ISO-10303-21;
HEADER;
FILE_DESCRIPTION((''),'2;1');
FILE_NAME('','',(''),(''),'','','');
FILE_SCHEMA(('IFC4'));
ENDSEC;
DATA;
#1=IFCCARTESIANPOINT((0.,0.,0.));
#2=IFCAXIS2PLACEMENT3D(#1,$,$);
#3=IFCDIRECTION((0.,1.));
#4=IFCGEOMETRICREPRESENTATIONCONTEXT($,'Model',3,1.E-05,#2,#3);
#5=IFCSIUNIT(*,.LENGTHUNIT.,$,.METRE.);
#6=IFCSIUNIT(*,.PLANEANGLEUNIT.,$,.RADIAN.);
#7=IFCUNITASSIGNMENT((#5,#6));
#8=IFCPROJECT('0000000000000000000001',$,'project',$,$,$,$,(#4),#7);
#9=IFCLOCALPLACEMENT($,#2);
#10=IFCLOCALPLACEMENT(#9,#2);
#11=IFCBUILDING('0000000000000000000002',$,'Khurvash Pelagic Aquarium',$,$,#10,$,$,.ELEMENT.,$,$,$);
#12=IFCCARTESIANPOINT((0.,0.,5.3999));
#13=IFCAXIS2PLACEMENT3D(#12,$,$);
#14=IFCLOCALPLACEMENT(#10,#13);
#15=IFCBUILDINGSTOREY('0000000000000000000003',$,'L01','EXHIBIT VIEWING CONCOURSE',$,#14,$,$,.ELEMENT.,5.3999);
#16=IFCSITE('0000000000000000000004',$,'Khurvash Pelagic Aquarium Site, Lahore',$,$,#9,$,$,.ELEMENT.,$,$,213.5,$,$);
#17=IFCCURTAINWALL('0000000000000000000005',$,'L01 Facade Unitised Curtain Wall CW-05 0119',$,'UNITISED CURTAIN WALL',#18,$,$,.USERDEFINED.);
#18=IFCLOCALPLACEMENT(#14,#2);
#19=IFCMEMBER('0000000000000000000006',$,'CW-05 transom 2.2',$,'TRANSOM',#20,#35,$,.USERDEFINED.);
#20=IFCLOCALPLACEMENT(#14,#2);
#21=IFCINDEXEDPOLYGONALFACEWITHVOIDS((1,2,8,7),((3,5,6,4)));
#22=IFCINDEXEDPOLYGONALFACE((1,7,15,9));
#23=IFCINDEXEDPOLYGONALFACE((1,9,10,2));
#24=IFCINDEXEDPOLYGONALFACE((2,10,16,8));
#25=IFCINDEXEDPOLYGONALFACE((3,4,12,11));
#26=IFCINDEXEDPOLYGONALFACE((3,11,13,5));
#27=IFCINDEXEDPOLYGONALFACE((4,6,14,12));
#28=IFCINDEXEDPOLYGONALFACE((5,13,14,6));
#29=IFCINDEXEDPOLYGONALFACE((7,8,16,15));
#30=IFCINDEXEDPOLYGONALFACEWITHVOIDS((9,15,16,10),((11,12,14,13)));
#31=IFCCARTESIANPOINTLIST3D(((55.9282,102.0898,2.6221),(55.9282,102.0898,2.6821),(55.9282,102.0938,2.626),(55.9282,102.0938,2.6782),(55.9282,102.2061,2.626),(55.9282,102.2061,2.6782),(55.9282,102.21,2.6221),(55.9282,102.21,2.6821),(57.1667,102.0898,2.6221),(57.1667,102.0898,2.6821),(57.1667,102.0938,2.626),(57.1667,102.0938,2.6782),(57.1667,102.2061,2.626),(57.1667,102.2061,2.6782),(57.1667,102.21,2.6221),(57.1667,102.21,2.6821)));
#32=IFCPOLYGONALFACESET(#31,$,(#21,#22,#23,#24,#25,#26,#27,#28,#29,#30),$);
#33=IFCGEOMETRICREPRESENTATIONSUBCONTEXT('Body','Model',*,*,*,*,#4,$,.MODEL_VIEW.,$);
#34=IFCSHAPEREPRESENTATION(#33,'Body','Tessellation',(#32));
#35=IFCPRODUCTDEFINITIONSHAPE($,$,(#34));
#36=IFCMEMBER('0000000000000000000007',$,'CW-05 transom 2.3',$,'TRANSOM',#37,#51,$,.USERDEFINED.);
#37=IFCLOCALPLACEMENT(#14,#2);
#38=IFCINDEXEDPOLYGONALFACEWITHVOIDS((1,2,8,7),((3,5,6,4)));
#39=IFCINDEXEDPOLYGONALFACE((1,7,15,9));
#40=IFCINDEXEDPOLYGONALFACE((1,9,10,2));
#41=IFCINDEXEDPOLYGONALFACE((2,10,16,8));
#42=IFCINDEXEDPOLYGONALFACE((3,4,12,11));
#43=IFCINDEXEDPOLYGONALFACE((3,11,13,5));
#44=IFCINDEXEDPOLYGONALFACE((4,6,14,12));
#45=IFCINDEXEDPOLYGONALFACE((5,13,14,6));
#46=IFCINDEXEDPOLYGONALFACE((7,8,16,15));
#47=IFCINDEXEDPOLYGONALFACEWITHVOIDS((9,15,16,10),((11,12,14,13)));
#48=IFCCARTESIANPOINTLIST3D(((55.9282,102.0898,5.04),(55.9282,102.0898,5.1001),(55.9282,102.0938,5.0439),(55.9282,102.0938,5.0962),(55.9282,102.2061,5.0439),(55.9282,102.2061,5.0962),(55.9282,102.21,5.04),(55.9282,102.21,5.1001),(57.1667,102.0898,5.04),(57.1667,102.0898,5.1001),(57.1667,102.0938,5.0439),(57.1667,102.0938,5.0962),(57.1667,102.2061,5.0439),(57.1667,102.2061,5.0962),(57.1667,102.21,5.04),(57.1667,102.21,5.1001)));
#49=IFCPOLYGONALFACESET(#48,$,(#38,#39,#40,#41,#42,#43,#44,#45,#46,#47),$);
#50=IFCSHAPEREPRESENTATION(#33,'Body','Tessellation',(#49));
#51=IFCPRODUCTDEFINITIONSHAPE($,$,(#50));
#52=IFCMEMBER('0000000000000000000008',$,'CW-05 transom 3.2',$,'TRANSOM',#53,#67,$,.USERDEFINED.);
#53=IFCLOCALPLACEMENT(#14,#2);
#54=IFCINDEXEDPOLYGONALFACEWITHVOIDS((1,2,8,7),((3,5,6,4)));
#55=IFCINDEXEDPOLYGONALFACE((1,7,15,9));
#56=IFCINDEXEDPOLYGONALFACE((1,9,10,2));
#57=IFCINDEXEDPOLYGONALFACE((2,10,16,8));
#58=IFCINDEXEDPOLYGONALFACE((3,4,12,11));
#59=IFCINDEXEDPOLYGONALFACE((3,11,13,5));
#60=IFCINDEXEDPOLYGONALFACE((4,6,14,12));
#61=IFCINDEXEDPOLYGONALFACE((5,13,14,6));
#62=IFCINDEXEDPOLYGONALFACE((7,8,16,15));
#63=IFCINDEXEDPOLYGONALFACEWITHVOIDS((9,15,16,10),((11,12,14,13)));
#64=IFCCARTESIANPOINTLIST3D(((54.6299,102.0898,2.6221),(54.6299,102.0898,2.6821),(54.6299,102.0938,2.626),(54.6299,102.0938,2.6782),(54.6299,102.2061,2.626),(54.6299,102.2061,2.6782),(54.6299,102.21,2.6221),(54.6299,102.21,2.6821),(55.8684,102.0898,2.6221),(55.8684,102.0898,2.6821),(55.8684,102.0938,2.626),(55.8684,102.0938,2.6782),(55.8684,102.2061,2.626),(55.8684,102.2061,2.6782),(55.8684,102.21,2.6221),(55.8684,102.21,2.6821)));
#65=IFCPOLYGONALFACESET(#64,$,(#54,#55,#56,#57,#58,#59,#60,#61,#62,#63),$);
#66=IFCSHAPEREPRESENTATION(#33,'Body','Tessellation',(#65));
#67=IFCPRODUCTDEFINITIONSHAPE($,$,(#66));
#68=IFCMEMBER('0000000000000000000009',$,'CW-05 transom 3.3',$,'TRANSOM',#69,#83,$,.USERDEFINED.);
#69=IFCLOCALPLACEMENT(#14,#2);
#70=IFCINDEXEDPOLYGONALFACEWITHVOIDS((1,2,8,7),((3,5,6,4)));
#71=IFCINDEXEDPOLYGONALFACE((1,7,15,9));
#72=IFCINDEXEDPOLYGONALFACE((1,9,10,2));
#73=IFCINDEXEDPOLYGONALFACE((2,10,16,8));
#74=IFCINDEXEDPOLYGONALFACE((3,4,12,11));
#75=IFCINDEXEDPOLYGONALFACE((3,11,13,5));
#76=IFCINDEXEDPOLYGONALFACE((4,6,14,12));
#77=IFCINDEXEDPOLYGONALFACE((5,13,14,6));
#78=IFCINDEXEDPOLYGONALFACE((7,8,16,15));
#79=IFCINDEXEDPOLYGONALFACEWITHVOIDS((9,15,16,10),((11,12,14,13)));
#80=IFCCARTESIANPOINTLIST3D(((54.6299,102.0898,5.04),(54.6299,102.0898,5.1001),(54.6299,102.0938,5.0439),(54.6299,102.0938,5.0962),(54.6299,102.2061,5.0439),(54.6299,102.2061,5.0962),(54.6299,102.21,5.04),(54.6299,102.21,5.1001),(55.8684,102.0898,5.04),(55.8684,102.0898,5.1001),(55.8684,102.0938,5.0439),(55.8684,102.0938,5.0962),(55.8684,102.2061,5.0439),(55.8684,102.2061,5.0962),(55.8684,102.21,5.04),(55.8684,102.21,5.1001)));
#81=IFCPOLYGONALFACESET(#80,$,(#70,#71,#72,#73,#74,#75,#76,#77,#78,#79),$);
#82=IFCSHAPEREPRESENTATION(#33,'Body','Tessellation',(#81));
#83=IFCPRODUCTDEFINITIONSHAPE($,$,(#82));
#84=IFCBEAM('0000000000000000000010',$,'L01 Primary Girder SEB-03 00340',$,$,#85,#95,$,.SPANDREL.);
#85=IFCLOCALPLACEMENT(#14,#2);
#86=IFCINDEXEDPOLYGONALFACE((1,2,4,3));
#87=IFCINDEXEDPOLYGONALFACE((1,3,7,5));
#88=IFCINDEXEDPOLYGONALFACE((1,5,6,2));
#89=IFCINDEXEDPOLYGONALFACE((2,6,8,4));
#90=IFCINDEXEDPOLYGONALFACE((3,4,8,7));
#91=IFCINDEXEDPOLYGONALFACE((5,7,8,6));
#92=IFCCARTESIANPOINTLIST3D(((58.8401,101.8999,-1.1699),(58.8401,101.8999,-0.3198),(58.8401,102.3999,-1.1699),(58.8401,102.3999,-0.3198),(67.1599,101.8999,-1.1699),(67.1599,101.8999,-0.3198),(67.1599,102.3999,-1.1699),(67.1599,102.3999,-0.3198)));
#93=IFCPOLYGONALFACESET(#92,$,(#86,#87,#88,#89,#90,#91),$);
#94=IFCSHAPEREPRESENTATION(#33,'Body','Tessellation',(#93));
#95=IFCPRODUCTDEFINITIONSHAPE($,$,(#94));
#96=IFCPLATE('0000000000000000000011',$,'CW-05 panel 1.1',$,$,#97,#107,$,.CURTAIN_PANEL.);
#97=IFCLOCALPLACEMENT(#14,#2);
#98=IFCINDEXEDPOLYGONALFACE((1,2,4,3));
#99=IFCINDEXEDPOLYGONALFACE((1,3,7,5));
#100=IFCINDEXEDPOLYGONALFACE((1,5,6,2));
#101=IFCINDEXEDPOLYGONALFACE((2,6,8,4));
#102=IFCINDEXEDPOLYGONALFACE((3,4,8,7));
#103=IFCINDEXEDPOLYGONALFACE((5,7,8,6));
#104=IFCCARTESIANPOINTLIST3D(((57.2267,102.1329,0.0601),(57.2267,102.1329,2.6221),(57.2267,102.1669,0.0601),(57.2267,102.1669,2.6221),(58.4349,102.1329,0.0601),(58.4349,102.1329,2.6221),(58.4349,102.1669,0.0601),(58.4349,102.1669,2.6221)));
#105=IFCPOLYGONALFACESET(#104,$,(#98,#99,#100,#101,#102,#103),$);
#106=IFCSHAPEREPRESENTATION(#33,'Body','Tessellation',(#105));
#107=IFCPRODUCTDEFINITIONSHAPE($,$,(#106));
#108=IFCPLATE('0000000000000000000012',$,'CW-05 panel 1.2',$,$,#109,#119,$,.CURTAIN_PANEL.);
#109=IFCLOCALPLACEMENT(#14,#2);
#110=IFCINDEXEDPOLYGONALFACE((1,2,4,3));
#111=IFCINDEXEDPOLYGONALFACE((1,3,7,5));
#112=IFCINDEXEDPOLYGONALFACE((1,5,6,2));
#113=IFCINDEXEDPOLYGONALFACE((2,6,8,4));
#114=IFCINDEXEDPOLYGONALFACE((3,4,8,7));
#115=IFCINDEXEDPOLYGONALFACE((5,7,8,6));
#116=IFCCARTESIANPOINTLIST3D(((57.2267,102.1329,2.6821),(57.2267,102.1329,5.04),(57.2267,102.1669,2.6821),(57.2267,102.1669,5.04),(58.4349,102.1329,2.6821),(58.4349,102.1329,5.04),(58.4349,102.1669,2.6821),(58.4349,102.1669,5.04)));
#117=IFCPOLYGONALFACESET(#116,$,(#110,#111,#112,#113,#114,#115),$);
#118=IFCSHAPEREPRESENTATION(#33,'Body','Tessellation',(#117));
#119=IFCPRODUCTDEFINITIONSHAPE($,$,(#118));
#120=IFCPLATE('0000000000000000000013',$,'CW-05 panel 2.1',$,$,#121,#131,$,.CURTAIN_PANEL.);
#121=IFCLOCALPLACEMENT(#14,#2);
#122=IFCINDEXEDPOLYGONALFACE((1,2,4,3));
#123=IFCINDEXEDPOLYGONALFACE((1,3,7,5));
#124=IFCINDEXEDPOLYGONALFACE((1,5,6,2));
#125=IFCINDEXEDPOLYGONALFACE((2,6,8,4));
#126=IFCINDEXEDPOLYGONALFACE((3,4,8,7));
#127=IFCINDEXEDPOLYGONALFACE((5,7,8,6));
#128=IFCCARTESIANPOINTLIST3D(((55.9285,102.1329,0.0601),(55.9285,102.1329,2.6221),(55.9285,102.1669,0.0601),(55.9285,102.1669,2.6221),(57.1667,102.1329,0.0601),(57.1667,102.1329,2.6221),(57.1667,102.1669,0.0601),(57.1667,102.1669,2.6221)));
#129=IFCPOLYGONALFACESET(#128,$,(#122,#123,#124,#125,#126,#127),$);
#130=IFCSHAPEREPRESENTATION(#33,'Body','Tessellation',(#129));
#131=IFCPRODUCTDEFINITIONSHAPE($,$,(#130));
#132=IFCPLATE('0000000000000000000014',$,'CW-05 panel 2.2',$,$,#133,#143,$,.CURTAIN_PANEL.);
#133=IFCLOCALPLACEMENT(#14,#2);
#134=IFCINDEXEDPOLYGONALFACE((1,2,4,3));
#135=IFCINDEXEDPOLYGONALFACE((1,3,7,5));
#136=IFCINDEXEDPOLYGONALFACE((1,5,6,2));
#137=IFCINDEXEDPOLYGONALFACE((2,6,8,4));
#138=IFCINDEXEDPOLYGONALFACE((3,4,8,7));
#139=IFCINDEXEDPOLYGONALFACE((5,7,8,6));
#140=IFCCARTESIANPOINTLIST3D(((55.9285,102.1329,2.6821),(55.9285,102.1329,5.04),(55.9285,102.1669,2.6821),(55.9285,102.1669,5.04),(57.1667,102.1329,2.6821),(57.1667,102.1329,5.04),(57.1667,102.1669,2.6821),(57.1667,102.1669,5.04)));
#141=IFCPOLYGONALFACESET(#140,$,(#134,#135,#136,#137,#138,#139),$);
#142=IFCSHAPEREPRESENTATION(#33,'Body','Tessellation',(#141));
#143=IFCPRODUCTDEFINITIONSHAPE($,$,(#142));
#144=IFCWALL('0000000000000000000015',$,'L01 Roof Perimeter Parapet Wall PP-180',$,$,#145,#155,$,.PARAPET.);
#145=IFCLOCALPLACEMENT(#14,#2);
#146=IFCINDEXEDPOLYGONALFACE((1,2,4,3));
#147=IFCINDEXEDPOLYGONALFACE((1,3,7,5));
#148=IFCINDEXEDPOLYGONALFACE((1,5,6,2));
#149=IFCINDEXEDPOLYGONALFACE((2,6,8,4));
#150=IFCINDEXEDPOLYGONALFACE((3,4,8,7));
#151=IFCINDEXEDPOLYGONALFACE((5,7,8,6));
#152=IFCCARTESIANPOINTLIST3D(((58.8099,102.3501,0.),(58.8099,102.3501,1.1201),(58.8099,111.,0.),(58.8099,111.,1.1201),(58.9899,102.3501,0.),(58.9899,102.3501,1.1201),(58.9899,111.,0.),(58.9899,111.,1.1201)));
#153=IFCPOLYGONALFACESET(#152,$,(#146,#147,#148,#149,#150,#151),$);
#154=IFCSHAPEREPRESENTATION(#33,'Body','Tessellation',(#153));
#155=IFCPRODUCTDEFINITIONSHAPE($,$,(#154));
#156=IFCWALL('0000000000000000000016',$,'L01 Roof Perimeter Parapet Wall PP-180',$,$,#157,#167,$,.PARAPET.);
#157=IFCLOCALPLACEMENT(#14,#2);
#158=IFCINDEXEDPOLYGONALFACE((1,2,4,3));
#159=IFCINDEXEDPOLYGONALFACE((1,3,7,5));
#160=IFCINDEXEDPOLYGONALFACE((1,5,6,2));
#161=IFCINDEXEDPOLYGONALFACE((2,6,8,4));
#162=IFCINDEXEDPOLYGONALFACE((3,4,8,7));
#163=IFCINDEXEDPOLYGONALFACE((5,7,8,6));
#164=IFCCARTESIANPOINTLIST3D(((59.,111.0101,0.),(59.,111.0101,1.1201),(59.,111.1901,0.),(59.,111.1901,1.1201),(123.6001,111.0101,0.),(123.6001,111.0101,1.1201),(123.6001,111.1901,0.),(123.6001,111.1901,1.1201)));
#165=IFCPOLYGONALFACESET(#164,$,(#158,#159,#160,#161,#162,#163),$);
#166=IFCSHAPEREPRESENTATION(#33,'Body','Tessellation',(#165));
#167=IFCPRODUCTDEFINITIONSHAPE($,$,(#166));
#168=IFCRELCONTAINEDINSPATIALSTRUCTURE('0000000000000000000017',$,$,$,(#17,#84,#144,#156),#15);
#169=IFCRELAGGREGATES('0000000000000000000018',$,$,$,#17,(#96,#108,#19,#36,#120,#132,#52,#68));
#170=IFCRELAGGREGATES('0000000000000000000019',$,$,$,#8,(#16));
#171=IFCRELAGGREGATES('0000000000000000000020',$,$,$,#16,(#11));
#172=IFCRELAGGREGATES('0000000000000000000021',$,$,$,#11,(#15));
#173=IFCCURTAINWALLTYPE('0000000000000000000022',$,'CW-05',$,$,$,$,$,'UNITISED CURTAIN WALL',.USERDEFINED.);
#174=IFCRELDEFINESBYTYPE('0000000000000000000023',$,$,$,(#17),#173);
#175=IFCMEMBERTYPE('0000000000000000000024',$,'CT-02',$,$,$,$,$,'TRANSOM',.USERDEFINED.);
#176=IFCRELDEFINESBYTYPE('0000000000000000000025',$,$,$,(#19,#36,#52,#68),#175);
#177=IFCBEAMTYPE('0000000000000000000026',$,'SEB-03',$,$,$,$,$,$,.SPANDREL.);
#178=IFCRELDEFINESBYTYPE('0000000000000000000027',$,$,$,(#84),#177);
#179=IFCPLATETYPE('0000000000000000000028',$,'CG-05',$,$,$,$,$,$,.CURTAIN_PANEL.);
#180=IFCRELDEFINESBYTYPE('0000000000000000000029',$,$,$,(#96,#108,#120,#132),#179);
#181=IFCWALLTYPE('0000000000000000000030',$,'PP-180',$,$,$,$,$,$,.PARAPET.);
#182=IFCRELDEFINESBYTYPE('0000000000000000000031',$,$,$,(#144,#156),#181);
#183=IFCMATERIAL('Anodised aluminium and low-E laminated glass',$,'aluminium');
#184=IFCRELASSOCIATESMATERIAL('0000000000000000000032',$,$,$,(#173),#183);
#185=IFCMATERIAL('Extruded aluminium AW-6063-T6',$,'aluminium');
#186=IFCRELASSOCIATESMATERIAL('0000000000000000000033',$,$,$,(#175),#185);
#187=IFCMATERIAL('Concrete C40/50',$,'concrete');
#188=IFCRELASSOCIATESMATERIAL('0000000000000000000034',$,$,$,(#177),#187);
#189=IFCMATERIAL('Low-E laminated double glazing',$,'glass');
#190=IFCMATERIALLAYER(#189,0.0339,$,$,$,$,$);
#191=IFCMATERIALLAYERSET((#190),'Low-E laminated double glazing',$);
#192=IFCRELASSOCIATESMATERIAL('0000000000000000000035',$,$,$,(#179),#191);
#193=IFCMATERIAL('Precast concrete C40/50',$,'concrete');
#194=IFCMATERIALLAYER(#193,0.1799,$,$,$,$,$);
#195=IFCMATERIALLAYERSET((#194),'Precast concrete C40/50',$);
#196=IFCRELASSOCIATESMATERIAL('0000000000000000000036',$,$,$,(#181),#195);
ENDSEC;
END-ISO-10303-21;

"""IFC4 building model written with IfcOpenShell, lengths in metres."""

from ifc_helpers import new_model, si_unit, direction, frame, frame_2d, origin, origin_2d, place, context, subcontext, project, spatial, rectangle, hollow_rectangle, extrude, material, layer, layer_set, material_profile, profile_set, type_object, element, aggregate, save


model = new_model("IFC4")

# Units and contexts
model_context = context("Model", 3, precision=1e-05, world=origin(), true_north=direction((0.0, 1.0)))
body_context = subcontext(model_context, "Body", "Model", "MODEL_VIEW")
ifc_project = project(units=[si_unit("LENGTHUNIT", "METRE"), si_unit("PLANEANGLEUNIT", "RADIAN")], contexts=[model_context])

# Site, building, storey
site_placement = place(None, origin())
site = spatial("IfcSite", under=ifc_project, at=site_placement, Name="Khurvash Pelagic Aquarium Site, Lahore", CompositionType="ELEMENT", RefElevation=213.5)
building_placement = place(site_placement, origin())
building = spatial("IfcBuilding", under=site, at=building_placement, Name="Khurvash Pelagic Aquarium", CompositionType="ELEMENT")
storey_placement = place(building_placement, frame((0.0, 0.0, 5.3999)))
storey = spatial("IfcBuildingStorey", under=building, at=storey_placement, Name="L01", Description="EXHIBIT VIEWING CONCOURSE", CompositionType="ELEMENT", Elevation=5.3999)

# Shared definitions
ifc_material_1 = material(Name="Concrete C40/50", Category="concrete")

# Curtain wall, members
ifc_material_2 = material(Name="Anodised aluminium and low-E laminated glass", Category="aluminium")
curtain_wall_type = type_object("IfcCurtainWallType", Name="CW-05", ElementType="UNITISED CURTAIN WALL", PredefinedType="USERDEFINED", material=ifc_material_2)
curtain_wall_placement = place(storey_placement, origin())
curtain_wall = element("IfcCurtainWall", 1, at=curtain_wall_placement, inside=storey, type_object=curtain_wall_type, Name="L01 Facade Unitised Curtain Wall CW-05 0119", ObjectType="UNITISED CURTAIN WALL", PredefinedType="USERDEFINED")
ifc_material_3 = material(Name="Extruded aluminium AW-6063-T6", Category="aluminium")
ifc_material_profile_1 = material_profile(ifc_material_3, hollow_rectangle(XDim=0.1201, YDim=0.0601, WallThickness=0.0039, at=origin_2d()), Name="CWT120X60X4")
ifc_profile_set_1 = profile_set([ifc_material_profile_1], Name="Extruded aluminium AW-6063-T6")
member_type_1 = type_object("IfcMemberType", Name="CT-02", ElementType="TRANSOM", PredefinedType="USERDEFINED", material=ifc_profile_set_1)
member_1_placement = place(storey_placement, frame((57.1667, 102.1499, 2.6521), z_axis=(-1.0, 0.0, 0.0), x_axis=(0.0, -1.0, 0.0)))
member_1 = element("IfcMember", 2, at=member_1_placement, type_object=member_type_1, Name="CW-05 transom 2.2", ObjectType="TRANSOM", PredefinedType="USERDEFINED", context=body_context, shape_type="SweptSolid", body=[
    extrude(hollow_rectangle(XDim=0.1201, YDim=0.0601, WallThickness=0.0039, at=origin_2d()), origin(), (0.0, 0.0, 1.0), 1.2385),
])
member_2_placement = place(storey_placement, frame((57.1667, 102.1499, 5.0701), z_axis=(-1.0, 0.0, 0.0), x_axis=(0.0, -1.0, 0.0)))
member_2 = element("IfcMember", 3, at=member_2_placement, type_object=member_type_1, Name="CW-05 transom 2.3", ObjectType="TRANSOM", PredefinedType="USERDEFINED", context=body_context, shape_type="SweptSolid", body=[
    extrude(hollow_rectangle(XDim=0.1201, YDim=0.0601, WallThickness=0.0039, at=origin_2d()), origin(), (0.0, 0.0, 1.0), 1.2385),
])
member_3_placement = place(storey_placement, frame((55.8684, 102.1499, 2.6521), z_axis=(-1.0, 0.0, 0.0), x_axis=(0.0, -1.0, 0.0)))
member_3 = element("IfcMember", 4, at=member_3_placement, type_object=member_type_1, Name="CW-05 transom 3.2", ObjectType="TRANSOM", PredefinedType="USERDEFINED", context=body_context, shape_type="SweptSolid", body=[
    extrude(hollow_rectangle(XDim=0.1201, YDim=0.0601, WallThickness=0.0039, at=origin_2d()), origin(), (0.0, 0.0, 1.0), 1.2385),
])
member_4_placement = place(storey_placement, frame((55.8684, 102.1499, 5.0701), z_axis=(-1.0, 0.0, 0.0), x_axis=(0.0, -1.0, 0.0)))
member_4 = element("IfcMember", 5, at=member_4_placement, type_object=member_type_1, Name="CW-05 transom 3.3", ObjectType="TRANSOM", PredefinedType="USERDEFINED", context=body_context, shape_type="SweptSolid", body=[
    extrude(hollow_rectangle(XDim=0.1201, YDim=0.0601, WallThickness=0.0039, at=origin_2d()), origin(), (0.0, 0.0, 1.0), 1.2385),
])

# Beam
ifc_material_profile_2 = material_profile(ifc_material_1, rectangle(XDim=0.5, YDim=0.8501, at=origin_2d()), Name="RC500X850")
ifc_profile_set_2 = profile_set([ifc_material_profile_2], Name="Concrete C40/50")
beam_type_1 = type_object("IfcBeamType", Name="SEB-03", PredefinedType="SPANDREL", material=ifc_profile_set_2)
beam_1_placement = place(storey_placement, frame((58.8401, 102.1499, -0.7449), z_axis=(1.0, 0.0, 0.0), x_axis=(0.0, 1.0, 0.0)))
element("IfcBeam", 6, at=beam_1_placement, inside=storey, type_object=beam_type_1, Name="L01 Primary Girder SEB-03 00340", PredefinedType="SPANDREL", context=body_context, shape_type="SweptSolid", body=[
    extrude(rectangle(XDim=0.5, YDim=0.8501, at=origin_2d()), origin(), (0.0, 0.0, 1.0), 8.3198),
])

# Plates
ifc_material_4 = material(Name="Low-E laminated double glazing", Category="glass")
ifc_layer_1 = layer(ifc_material_4, 0.0339)
ifc_layer_set_1 = layer_set([ifc_layer_1], Name="Low-E laminated double glazing")
plate_type = type_object("IfcPlateType", Name="CG-05", PredefinedType="CURTAIN_PANEL", material=ifc_layer_set_1)
plate_1_placement = place(storey_placement, frame((57.8308, 102.1499, 0.0601), z_axis=(0.0, 0.0, 1.0), x_axis=(-1.0, 0.0, 0.0)))
plate_1 = element("IfcPlate", 7, at=plate_1_placement, type_object=plate_type, Name="CW-05 panel 1.1", PredefinedType="CURTAIN_PANEL", context=body_context, shape_type="SweptSolid", body=[
    extrude(rectangle(XDim=1.2083, YDim=0.0339, at=origin_2d()), origin(), (0.0, 0.0, 1.0), 2.562),
])
plate_2_placement = place(storey_placement, frame((57.8308, 102.1499, 2.6821), z_axis=(0.0, 0.0, 1.0), x_axis=(-1.0, 0.0, 0.0)))
plate_2 = element("IfcPlate", 8, at=plate_2_placement, type_object=plate_type, Name="CW-05 panel 1.2", PredefinedType="CURTAIN_PANEL", context=body_context, shape_type="SweptSolid", body=[
    extrude(rectangle(XDim=1.2083, YDim=0.0339, at=origin_2d()), origin(), (0.0, 0.0, 1.0), 2.3579),
])
plate_3_placement = place(storey_placement, frame((56.5476, 102.1499, 0.0601), z_axis=(0.0, 0.0, 1.0), x_axis=(-1.0, 0.0, 0.0)))
plate_3 = element("IfcPlate", 9, at=plate_3_placement, type_object=plate_type, Name="CW-05 panel 2.1", PredefinedType="CURTAIN_PANEL", context=body_context, shape_type="SweptSolid", body=[
    extrude(rectangle(XDim=1.2383, YDim=0.0339, at=origin_2d()), origin(), (0.0, 0.0, 1.0), 2.562),
])
plate_4_placement = place(storey_placement, frame((56.5476, 102.1499, 2.6821), z_axis=(0.0, 0.0, 1.0), x_axis=(-1.0, 0.0, 0.0)))
plate_4 = element("IfcPlate", 10, at=plate_4_placement, type_object=plate_type, Name="CW-05 panel 2.2", PredefinedType="CURTAIN_PANEL", context=body_context, shape_type="SweptSolid", body=[
    extrude(rectangle(XDim=1.2383, YDim=0.0339, at=origin_2d()), origin(), (0.0, 0.0, 1.0), 2.3579),
])
aggregate(curtain_wall, [plate_1, plate_2, member_1, member_2, plate_3, plate_4, member_3, member_4])

# Walls
ifc_material_5 = material(Name="Precast concrete C40/50", Category="concrete")
ifc_layer_2 = layer(ifc_material_5, 0.1799)
ifc_layer_set_2 = layer_set([ifc_layer_2], Name="Precast concrete C40/50")
wall_type = type_object("IfcWallType", Name="PP-180", PredefinedType="PARAPET", material=ifc_layer_set_2)
wall_1_placement = place(storey_placement, frame((58.8999, 102.3501, 0.0), z_axis=(0.0, 0.0, 1.0), x_axis=(0.0, 1.0, 0.0)))
element("IfcWall", 11, at=wall_1_placement, inside=storey, type_object=wall_type, Name="L01 Roof Perimeter Parapet Wall PP-180", PredefinedType="PARAPET", context=body_context, shape_type="SweptSolid", body=[
    extrude(rectangle(XDim=8.6499, YDim=0.1799, at=frame_2d((4.325, 0.0))), origin(), (0.0, 0.0, 1.0), 1.1201),
])
wall_2_placement = place(storey_placement, frame((59.0, 111.1001, 0.0), z_axis=(0.0, 0.0, 1.0), x_axis=(1.0, 0.0, 0.0)))
element("IfcWall", 12, at=wall_2_placement, inside=storey, type_object=wall_type, Name="L01 Roof Perimeter Parapet Wall PP-180", PredefinedType="PARAPET", context=body_context, shape_type="SweptSolid", body=[
    extrude(rectangle(XDim=64.6001, YDim=0.1799, at=frame_2d((32.3, 0.0))), origin(), (0.0, 0.0, 1.0), 1.1201),
])

save(model, "model.ifc")
